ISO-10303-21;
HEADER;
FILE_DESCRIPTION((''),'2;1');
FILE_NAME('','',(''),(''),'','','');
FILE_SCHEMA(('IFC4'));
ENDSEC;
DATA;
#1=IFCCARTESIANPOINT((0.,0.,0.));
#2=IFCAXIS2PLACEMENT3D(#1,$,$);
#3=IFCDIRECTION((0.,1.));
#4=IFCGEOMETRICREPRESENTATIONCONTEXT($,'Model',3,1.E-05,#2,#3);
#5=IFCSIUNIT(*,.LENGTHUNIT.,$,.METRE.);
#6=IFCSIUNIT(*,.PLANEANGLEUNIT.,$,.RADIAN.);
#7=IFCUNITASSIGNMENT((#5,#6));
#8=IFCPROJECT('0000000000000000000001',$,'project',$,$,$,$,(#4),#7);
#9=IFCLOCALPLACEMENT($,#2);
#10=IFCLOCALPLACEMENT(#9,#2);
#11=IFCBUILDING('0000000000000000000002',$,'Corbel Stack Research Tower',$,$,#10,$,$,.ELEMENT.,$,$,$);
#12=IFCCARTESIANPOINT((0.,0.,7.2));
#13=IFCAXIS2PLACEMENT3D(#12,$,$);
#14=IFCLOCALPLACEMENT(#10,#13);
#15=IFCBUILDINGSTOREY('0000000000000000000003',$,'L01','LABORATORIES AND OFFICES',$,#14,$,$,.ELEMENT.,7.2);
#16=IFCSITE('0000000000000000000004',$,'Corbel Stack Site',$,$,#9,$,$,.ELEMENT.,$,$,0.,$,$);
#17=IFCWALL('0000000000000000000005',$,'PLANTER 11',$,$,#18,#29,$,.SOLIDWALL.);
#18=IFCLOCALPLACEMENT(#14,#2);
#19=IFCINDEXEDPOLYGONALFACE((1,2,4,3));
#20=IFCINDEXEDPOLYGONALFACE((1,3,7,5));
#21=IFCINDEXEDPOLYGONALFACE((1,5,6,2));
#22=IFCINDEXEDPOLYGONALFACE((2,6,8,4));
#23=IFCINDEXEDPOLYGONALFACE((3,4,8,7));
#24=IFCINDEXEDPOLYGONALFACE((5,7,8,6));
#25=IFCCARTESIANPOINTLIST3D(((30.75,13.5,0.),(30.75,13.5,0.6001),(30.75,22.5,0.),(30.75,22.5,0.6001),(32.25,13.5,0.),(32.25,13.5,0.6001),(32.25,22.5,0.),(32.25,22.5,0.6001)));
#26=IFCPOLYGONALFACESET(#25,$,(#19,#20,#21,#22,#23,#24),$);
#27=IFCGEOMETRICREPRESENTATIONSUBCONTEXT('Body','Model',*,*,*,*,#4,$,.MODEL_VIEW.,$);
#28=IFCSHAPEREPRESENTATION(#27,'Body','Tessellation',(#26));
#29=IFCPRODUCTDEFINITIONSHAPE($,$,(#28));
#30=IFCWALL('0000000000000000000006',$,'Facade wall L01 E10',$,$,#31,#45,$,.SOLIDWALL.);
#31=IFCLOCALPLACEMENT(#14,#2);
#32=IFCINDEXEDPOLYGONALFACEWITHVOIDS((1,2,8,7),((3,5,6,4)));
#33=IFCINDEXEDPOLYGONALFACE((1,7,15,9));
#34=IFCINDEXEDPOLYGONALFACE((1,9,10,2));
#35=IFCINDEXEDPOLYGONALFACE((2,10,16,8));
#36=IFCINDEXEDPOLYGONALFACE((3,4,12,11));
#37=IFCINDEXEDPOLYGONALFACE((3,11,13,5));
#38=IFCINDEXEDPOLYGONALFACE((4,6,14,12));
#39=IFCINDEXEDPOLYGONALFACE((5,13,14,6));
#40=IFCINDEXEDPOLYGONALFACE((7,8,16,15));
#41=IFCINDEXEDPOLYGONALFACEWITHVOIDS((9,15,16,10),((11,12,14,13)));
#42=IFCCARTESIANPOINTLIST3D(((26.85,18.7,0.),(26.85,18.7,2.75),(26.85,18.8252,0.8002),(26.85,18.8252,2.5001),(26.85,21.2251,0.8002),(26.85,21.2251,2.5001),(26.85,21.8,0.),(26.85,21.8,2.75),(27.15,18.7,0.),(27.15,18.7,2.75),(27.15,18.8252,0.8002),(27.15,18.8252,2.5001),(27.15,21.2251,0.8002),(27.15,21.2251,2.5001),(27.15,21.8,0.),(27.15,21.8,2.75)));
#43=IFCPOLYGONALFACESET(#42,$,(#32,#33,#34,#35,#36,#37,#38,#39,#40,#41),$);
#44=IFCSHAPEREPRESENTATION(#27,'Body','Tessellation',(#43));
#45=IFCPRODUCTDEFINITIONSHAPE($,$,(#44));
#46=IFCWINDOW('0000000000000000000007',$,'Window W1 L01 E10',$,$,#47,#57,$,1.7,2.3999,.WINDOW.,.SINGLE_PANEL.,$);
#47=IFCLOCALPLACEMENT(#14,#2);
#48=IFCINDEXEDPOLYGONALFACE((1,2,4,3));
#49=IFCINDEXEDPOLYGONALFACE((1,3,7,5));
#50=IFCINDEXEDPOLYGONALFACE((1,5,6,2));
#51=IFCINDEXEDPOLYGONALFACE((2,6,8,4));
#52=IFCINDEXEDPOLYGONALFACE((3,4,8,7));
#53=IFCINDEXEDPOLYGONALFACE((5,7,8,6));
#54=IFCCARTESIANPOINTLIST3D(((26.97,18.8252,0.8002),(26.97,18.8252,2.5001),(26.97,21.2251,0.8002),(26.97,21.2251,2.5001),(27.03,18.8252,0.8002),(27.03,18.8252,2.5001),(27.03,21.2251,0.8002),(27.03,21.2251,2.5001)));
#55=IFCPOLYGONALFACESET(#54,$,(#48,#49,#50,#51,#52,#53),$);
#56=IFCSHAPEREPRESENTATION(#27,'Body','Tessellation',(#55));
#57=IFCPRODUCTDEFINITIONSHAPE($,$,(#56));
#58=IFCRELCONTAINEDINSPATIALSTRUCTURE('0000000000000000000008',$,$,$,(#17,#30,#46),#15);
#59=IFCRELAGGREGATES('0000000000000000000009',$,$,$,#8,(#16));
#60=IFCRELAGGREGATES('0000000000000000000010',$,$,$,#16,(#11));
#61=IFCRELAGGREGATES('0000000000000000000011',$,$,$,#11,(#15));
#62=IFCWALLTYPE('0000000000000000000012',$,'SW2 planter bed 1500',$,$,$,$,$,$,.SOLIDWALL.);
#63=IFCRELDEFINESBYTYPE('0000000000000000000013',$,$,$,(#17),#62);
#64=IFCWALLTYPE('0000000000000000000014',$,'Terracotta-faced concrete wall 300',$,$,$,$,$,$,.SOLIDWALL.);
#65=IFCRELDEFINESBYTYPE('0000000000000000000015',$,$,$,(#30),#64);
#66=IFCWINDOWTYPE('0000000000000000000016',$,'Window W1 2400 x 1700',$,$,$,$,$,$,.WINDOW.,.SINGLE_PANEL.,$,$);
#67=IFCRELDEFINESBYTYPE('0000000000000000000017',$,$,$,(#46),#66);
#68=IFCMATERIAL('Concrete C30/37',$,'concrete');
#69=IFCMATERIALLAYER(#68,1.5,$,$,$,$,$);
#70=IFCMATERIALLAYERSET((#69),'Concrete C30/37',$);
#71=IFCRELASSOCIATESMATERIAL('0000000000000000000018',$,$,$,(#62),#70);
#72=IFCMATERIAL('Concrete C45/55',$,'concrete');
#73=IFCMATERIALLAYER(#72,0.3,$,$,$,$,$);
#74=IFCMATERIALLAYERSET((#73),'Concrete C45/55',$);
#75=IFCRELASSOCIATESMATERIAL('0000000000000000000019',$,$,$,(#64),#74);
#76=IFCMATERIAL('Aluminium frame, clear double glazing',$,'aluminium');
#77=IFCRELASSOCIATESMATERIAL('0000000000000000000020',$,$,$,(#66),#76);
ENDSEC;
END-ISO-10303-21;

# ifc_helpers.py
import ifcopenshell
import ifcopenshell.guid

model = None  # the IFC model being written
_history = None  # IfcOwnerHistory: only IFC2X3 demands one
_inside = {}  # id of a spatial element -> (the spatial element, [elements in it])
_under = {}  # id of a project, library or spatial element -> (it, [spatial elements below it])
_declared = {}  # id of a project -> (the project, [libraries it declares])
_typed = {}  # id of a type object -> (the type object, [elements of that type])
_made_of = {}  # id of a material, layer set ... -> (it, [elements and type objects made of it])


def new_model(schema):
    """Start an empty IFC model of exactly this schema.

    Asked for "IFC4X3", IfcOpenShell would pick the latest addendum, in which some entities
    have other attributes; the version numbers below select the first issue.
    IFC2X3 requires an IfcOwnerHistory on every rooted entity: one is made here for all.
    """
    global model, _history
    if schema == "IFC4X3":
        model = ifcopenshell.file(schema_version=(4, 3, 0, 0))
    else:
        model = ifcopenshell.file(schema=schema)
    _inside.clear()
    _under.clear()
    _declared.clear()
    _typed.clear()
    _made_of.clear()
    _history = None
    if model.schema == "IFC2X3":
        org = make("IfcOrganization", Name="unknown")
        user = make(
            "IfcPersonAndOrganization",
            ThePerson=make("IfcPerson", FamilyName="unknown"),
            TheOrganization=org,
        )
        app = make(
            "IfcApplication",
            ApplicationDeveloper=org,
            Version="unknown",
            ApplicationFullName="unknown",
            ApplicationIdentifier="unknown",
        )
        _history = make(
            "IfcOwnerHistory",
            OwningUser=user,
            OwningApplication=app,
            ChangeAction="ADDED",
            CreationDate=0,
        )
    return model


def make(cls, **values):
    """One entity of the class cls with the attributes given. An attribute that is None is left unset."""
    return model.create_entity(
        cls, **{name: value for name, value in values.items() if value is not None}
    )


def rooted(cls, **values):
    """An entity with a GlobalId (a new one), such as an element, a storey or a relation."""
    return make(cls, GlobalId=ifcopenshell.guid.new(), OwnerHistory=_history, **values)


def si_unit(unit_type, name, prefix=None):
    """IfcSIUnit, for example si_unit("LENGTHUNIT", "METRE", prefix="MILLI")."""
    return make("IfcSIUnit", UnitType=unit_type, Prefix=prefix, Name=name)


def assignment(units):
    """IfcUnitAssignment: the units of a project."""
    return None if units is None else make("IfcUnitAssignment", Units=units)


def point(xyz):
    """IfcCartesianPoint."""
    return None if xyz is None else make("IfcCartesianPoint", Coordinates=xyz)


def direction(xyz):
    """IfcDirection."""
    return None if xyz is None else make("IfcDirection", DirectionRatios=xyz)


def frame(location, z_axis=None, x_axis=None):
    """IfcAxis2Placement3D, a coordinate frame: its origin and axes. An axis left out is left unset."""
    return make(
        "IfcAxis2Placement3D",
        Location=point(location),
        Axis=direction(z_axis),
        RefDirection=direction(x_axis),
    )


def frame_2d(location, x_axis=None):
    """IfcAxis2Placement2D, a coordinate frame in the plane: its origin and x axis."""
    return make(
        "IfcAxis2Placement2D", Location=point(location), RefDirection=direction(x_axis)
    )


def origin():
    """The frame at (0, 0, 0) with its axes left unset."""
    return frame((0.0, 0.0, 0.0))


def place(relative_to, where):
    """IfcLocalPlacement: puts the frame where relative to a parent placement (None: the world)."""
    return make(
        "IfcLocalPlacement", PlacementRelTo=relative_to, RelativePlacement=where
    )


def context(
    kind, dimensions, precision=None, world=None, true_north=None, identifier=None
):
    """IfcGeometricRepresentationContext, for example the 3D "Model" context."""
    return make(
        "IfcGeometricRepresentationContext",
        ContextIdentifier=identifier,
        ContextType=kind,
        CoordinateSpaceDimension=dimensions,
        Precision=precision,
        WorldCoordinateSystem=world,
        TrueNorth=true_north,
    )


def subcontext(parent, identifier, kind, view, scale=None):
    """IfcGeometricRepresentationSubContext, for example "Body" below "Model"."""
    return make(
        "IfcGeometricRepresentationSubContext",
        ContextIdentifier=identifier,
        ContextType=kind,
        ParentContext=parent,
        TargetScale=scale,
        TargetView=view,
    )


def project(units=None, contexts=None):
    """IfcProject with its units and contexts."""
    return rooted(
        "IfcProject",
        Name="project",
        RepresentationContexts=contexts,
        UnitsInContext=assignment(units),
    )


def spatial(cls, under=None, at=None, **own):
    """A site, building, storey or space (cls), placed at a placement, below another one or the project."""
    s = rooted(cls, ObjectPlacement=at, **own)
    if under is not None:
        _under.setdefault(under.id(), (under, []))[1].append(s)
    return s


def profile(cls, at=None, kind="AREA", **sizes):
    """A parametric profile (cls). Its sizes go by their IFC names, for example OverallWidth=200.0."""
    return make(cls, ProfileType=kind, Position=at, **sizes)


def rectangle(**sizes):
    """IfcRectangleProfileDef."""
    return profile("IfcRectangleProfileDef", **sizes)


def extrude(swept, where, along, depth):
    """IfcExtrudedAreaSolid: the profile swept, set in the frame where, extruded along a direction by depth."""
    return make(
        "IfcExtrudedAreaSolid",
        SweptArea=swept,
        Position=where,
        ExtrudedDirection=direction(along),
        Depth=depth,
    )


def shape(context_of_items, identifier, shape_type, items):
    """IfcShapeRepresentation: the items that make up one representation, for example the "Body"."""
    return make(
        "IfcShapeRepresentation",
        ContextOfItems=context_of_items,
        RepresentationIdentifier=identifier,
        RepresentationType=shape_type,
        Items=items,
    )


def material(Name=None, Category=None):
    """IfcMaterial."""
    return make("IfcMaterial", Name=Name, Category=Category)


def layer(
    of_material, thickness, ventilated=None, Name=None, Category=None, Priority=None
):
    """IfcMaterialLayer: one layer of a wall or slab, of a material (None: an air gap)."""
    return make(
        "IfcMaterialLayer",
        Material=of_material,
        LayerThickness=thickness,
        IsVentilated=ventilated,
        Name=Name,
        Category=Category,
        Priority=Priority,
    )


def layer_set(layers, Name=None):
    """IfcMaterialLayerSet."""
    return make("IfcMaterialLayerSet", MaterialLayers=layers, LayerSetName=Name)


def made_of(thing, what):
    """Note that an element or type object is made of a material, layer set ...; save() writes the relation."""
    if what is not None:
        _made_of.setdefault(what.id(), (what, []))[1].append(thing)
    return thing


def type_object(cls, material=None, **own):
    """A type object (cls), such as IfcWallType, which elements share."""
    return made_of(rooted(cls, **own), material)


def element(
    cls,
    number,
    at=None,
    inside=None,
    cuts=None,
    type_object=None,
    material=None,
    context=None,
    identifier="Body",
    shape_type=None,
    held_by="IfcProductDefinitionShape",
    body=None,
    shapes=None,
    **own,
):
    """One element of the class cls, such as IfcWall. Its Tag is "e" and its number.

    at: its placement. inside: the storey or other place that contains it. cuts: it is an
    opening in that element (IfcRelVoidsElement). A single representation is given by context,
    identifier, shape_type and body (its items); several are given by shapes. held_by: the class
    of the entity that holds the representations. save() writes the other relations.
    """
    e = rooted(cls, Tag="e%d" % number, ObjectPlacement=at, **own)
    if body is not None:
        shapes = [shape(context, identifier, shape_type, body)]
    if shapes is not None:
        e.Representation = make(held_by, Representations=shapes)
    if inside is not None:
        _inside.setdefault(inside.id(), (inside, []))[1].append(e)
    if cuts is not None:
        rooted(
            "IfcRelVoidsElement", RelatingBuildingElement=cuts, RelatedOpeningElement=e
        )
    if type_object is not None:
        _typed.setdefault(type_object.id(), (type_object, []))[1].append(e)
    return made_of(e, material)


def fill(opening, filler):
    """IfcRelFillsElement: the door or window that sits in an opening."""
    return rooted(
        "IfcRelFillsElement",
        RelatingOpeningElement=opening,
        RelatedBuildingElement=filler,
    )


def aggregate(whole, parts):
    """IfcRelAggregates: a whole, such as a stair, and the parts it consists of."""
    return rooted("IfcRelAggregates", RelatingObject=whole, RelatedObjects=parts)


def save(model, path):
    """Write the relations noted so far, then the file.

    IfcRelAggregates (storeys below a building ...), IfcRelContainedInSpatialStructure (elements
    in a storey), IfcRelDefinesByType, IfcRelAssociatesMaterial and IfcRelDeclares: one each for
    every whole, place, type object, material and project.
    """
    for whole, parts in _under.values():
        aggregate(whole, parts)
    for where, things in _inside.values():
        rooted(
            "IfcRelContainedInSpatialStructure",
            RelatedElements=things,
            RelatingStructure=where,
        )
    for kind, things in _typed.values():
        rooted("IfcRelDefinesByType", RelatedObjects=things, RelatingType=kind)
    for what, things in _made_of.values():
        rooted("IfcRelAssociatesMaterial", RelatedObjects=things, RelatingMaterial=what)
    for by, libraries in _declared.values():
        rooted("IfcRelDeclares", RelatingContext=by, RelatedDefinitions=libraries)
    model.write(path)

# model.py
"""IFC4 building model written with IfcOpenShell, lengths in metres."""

from ifc_helpers import new_model, si_unit, direction, frame, frame_2d, origin, place, context, subcontext, project, spatial, rectangle, extrude, material, layer, layer_set, type_object, element, fill, save


model = new_model("IFC4")

# Units and contexts
model_context = context("Model", 3, precision=1e-05, world=origin(), true_north=direction((0.0, 1.0)))
body_context = subcontext(model_context, "Body", "Model", "MODEL_VIEW")
ifc_project = project(units=[si_unit("LENGTHUNIT", "METRE"), si_unit("PLANEANGLEUNIT", "RADIAN")], contexts=[model_context])

# Site, building, storey
site_placement = place(None, origin())
site = spatial("IfcSite", under=ifc_project, at=site_placement, Name="Corbel Stack Site", CompositionType="ELEMENT", RefElevation=0.0)
building_placement = place(site_placement, origin())
building = spatial("IfcBuilding", under=site, at=building_placement, Name="Corbel Stack Research Tower", CompositionType="ELEMENT")
storey_placement = place(building_placement, frame((0.0, 0.0, 7.2)))
storey = spatial("IfcBuildingStorey", under=building, at=storey_placement, Name="L01", Description="LABORATORIES AND OFFICES", CompositionType="ELEMENT", Elevation=7.2)

# Wall
ifc_material_1 = material(Name="Concrete C30/37", Category="concrete")
ifc_layer_1 = layer(ifc_material_1, 1.5)
ifc_layer_set_1 = layer_set([ifc_layer_1], Name="Concrete C30/37")
wall_type_1 = type_object("IfcWallType", Name="SW2 planter bed 1500", PredefinedType="SOLIDWALL", material=ifc_layer_set_1)
wall_1_placement = place(storey_placement, frame((31.5, 13.5, 0.0), z_axis=(0.0, 0.0, 1.0), x_axis=(0.0, 1.0, 0.0)))
element("IfcWall", 1, at=wall_1_placement, inside=storey, type_object=wall_type_1, Name="PLANTER 11", PredefinedType="SOLIDWALL", context=body_context, shape_type="SweptSolid", body=[
    extrude(rectangle(XDim=9.0, YDim=1.5, at=frame_2d((4.5, 0.0))), origin(), (0.0, 0.0, 1.0), 0.6001),
])

# Wall, opening, window
ifc_material_2 = material(Name="Concrete C45/55", Category="concrete")
ifc_layer_2 = layer(ifc_material_2, 0.3)
ifc_layer_set_2 = layer_set([ifc_layer_2], Name="Concrete C45/55")
wall_type_2 = type_object("IfcWallType", Name="Terracotta-faced concrete wall 300", PredefinedType="SOLIDWALL", material=ifc_layer_set_2)
wall_2_placement = place(storey_placement, frame((27.0, 21.8, 0.0), z_axis=(0.0, 0.0, 1.0), x_axis=(0.0, -1.0, 0.0)))
wall_2 = element("IfcWall", 2, at=wall_2_placement, inside=storey, type_object=wall_type_2, Name="Facade wall L01 E10", PredefinedType="SOLIDWALL", context=body_context, shape_type="SweptSolid", body=[
    extrude(rectangle(XDim=3.1001, YDim=0.3, at=frame_2d((1.55, 0.0))), origin(), (0.0, 0.0, 1.0), 2.75),
])
opening_placement = place(wall_2_placement, frame((0.575, 0.0, 0.8)))
opening = element("IfcOpeningElement", 3, at=opening_placement, cuts=wall_2, PredefinedType="OPENING", context=body_context, shape_type="SweptSolid", body=[
    extrude(rectangle(XDim=2.3999, YDim=1.7, at=frame_2d((1.2, 0.8501))), frame((0.0, 0.1599, 0.0), z_axis=(0.0, -1.0, 0.0), x_axis=(1.0, 0.0, 0.0)), (0.0, 0.0, 1.0), 0.3201),
])
ifc_material_3 = material(Name="Aluminium frame, clear double glazing", Category="aluminium")
window_type = type_object("IfcWindowType", Name="Window W1 2400 x 1700", PartitioningType="SINGLE_PANEL", PredefinedType="WINDOW", material=ifc_material_3)
window_placement = place(opening_placement, origin())
window = element("IfcWindow", 4, at=window_placement, inside=storey, type_object=window_type, Name="Window W1 L01 E10", OverallHeight=1.7, OverallWidth=2.3999, PartitioningType="SINGLE_PANEL", PredefinedType="WINDOW", context=body_context, shape_type="SweptSolid", body=[
    extrude(rectangle(XDim=2.3999, YDim=1.7, at=frame_2d((1.2, 0.8501))), frame((0.0, 0.03, 0.0), z_axis=(0.0, -1.0, 0.0), x_axis=(1.0, 0.0, 0.0)), (0.0, 0.0, 1.0), 0.0601),
])
fill(opening, window)

save(model, "model.ifc")
